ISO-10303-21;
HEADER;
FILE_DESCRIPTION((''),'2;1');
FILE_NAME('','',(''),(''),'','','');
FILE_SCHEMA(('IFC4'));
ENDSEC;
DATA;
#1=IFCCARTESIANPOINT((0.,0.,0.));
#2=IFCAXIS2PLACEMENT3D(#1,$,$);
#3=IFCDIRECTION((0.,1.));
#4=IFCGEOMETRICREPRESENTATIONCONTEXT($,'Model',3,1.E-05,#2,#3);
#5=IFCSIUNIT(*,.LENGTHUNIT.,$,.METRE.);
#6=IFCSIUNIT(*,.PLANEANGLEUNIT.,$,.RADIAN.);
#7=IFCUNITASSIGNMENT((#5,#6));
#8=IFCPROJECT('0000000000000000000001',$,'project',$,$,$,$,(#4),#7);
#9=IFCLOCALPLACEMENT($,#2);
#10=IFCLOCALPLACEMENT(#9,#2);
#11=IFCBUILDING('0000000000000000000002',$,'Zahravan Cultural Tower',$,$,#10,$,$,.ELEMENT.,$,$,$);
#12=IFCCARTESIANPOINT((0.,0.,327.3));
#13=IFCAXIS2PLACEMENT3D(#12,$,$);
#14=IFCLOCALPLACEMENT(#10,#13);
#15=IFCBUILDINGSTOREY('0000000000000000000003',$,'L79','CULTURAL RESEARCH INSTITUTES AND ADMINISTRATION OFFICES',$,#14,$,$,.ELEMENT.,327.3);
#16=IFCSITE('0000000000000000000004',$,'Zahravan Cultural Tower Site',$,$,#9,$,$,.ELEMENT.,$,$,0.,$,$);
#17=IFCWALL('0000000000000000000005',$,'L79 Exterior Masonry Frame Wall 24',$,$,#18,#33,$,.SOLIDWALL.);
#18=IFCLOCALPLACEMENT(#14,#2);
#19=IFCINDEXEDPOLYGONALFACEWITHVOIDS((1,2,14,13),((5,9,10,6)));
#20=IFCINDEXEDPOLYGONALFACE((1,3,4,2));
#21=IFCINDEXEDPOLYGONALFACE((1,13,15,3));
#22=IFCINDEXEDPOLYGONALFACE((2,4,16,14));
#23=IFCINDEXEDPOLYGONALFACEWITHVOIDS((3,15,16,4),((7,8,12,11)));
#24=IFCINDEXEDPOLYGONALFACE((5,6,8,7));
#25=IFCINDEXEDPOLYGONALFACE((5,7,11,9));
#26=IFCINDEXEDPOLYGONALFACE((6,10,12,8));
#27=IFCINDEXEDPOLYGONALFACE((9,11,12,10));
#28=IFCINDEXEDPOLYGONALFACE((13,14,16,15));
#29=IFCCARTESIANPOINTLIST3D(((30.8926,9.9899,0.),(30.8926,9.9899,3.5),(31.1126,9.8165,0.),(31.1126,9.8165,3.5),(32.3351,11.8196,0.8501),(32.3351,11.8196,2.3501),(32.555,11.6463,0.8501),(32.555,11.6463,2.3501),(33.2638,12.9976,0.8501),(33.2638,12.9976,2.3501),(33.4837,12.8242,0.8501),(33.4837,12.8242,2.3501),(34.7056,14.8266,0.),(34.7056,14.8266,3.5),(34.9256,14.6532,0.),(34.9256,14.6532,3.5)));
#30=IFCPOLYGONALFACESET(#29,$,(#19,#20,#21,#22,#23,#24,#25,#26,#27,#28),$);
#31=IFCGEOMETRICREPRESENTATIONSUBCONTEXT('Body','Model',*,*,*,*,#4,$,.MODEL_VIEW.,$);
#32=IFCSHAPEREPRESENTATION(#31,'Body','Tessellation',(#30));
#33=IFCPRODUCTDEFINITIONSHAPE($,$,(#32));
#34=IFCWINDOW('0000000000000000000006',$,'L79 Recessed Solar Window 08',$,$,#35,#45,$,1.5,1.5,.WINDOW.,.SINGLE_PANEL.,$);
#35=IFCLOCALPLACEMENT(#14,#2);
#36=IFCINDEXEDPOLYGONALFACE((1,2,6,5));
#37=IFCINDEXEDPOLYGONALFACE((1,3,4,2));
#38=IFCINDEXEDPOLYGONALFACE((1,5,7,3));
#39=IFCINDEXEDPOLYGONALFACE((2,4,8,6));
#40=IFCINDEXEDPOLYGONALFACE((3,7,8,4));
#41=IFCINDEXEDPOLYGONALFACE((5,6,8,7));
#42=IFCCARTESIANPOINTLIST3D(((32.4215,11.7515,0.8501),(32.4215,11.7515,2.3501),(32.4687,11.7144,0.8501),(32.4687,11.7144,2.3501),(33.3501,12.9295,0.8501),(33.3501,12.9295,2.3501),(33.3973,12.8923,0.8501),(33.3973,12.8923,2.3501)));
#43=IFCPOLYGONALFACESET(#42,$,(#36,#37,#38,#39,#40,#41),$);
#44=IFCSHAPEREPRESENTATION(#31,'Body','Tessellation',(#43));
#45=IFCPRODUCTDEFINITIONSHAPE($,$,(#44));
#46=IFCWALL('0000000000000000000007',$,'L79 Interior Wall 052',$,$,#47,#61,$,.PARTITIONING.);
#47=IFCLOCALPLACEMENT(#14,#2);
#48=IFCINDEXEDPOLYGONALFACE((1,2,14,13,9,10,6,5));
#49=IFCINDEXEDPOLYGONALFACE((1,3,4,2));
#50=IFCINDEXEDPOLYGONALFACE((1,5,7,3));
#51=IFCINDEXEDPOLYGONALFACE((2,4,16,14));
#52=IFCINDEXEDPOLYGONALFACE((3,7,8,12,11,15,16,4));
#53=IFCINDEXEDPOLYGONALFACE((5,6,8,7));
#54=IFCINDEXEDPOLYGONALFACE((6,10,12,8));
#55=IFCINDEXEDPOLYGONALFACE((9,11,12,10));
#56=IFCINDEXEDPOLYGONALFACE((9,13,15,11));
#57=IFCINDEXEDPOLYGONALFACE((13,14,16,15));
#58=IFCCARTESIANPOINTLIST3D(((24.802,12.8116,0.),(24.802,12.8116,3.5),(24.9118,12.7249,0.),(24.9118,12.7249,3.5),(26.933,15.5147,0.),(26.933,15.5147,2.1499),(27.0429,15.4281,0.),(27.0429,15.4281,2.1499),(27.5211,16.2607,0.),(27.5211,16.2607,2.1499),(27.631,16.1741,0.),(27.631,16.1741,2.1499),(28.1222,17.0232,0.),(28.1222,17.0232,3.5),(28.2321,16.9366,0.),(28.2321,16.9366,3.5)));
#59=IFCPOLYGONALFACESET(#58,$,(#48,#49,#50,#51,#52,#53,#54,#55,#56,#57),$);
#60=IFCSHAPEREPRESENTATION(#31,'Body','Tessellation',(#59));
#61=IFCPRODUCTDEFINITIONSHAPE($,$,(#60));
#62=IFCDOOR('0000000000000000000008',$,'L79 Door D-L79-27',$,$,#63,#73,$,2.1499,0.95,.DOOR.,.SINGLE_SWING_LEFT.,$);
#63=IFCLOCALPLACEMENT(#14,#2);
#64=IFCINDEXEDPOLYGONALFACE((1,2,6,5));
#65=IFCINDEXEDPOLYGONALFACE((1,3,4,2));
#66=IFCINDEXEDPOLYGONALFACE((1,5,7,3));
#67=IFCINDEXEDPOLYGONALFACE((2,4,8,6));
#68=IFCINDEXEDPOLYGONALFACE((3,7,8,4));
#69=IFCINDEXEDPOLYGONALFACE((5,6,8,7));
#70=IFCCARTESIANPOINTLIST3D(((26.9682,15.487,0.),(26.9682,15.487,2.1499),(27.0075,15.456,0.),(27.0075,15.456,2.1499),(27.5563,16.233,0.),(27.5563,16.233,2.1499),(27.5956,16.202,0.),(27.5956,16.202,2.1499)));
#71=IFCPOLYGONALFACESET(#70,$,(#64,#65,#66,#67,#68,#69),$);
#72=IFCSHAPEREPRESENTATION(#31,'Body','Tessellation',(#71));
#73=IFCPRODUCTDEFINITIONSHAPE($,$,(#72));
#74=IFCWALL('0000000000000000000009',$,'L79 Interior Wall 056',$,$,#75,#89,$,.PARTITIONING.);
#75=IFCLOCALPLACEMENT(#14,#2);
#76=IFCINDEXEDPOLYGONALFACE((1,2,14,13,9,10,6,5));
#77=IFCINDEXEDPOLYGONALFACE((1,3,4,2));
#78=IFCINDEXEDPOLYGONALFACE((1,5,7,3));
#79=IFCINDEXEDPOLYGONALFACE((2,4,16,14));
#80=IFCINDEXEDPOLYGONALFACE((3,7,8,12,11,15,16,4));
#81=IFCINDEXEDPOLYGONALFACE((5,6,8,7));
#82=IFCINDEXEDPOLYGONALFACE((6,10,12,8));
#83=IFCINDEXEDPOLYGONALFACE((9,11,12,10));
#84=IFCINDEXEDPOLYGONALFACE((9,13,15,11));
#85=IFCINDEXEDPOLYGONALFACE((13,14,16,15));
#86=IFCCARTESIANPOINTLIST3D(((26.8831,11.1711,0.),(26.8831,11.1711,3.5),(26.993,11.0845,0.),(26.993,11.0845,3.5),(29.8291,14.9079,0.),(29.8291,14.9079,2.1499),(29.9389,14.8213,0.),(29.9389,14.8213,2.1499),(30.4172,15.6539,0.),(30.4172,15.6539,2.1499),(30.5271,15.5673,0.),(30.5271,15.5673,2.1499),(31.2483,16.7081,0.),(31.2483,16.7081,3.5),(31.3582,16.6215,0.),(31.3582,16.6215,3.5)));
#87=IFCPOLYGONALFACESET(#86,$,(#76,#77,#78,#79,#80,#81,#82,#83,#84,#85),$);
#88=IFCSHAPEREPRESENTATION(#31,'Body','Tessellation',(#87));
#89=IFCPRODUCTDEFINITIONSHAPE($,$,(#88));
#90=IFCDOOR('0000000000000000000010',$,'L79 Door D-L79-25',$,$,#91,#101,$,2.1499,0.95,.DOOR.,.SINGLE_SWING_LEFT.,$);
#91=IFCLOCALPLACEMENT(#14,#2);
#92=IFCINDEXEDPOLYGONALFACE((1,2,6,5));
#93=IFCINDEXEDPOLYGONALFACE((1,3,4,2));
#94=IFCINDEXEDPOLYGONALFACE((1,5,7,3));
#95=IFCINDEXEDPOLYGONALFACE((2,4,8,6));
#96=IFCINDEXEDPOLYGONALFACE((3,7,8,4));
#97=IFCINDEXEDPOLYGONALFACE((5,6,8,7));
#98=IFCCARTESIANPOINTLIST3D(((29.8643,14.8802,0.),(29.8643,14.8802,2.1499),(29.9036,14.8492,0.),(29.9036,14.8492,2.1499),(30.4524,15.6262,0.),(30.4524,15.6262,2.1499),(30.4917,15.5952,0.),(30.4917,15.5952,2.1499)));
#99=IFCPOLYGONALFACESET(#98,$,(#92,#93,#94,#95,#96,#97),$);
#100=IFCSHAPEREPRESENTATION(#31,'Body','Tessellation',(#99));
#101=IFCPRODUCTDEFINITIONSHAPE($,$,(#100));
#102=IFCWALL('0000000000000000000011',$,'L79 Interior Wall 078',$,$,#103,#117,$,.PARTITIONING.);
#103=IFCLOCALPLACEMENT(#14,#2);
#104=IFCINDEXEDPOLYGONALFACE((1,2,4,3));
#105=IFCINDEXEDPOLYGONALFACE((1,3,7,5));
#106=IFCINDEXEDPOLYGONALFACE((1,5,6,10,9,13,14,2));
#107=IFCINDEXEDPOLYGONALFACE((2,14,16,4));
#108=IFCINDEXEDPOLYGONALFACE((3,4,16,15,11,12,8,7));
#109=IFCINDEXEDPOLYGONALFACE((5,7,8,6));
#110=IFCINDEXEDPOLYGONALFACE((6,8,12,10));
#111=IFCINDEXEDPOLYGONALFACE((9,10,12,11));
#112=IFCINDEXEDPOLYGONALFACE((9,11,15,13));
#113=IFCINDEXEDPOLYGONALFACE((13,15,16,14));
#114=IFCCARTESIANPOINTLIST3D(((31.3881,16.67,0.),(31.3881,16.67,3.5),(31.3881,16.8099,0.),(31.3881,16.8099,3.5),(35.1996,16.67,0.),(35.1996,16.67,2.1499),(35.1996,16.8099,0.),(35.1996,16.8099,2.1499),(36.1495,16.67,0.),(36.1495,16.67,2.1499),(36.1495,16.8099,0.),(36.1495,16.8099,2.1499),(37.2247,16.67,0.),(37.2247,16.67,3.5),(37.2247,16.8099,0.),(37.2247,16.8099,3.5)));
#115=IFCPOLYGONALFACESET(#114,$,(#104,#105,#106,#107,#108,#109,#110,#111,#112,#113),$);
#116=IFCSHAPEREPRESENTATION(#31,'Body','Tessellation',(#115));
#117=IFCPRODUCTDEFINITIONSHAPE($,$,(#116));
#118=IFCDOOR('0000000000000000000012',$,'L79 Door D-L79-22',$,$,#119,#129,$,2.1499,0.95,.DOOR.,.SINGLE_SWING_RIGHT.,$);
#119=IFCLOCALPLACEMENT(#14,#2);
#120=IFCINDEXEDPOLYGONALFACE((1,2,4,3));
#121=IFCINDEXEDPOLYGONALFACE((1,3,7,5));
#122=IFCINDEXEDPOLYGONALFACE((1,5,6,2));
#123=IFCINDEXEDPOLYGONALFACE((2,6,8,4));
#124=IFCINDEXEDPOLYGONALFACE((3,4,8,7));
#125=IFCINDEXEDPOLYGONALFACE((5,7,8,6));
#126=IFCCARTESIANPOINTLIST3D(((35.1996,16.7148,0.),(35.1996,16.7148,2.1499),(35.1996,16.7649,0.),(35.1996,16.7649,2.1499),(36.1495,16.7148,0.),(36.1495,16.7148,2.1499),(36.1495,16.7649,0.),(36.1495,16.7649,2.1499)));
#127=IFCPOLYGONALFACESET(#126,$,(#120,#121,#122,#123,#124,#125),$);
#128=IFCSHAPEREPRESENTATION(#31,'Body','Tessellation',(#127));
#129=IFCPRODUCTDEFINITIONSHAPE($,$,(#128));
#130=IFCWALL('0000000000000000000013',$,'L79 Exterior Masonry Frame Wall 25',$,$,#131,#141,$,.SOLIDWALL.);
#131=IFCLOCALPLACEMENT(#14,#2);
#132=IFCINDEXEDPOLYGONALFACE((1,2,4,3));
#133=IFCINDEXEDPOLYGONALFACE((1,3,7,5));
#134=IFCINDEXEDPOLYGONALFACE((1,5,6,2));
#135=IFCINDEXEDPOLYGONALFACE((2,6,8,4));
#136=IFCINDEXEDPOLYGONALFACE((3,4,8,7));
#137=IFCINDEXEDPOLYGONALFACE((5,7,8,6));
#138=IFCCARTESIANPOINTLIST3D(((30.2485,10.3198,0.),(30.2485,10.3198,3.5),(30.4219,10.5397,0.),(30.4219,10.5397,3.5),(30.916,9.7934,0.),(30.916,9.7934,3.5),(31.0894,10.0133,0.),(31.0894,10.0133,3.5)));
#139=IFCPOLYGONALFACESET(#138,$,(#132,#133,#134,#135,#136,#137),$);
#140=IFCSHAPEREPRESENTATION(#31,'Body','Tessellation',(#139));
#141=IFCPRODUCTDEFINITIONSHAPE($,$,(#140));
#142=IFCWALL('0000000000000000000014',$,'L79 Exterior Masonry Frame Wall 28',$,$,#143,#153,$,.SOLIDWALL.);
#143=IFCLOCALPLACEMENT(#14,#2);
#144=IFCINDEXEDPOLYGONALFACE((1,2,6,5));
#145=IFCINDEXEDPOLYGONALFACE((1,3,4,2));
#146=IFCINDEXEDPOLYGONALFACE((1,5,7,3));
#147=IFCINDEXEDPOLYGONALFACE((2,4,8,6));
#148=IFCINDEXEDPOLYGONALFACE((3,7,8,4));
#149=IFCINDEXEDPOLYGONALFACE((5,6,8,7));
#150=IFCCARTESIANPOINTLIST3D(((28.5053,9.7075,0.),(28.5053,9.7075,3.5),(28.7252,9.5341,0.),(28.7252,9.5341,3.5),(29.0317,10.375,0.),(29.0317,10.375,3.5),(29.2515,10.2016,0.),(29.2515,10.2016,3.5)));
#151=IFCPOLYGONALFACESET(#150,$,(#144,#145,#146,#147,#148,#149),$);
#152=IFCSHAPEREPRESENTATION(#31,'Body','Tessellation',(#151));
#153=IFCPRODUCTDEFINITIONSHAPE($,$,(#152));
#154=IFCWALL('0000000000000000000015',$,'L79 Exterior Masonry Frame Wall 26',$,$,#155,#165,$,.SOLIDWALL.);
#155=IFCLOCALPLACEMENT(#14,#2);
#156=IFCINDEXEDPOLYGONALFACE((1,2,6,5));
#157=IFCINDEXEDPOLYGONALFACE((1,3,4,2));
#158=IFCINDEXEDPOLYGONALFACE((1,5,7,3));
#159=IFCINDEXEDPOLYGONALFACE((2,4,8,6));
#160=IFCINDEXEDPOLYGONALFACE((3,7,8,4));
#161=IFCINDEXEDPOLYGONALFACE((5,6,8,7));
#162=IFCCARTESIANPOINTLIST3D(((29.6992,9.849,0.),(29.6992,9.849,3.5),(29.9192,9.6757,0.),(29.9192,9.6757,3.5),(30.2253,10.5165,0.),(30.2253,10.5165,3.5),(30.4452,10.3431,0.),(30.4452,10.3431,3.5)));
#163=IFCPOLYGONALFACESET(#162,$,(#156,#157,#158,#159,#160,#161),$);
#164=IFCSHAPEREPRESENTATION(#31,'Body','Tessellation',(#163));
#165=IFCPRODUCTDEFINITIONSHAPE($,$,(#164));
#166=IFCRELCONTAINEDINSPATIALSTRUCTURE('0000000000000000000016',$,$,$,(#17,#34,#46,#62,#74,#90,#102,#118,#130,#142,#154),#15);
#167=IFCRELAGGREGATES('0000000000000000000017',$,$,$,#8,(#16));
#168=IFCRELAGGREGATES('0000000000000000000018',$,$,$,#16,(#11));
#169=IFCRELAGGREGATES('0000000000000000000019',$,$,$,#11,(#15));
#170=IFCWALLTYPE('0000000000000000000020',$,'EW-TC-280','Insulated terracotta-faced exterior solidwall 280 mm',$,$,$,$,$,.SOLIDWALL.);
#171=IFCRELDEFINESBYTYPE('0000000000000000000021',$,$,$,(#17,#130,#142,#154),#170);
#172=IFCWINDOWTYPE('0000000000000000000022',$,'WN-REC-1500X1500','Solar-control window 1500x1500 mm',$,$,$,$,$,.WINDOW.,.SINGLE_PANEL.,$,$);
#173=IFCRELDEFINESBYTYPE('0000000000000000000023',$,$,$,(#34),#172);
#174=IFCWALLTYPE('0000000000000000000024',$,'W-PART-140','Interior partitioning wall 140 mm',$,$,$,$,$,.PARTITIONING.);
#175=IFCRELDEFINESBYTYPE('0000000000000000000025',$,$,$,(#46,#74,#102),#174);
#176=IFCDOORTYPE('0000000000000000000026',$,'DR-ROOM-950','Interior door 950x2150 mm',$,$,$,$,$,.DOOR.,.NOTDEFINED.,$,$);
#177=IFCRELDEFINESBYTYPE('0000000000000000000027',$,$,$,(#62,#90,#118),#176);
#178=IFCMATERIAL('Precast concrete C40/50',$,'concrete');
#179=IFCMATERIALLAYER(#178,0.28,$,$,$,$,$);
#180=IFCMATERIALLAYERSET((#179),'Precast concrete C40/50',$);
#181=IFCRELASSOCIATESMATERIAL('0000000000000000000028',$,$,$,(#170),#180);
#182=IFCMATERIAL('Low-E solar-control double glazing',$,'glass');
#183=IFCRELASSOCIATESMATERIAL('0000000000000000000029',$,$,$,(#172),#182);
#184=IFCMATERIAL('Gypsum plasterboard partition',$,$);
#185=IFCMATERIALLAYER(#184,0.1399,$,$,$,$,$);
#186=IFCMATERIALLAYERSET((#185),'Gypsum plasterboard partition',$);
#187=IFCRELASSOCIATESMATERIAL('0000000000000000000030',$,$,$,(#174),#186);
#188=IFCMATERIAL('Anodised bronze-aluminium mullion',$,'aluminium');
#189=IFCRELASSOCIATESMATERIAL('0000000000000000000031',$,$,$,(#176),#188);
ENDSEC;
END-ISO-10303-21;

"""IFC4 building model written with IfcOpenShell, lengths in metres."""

from ifc_helpers import new_model, si_unit, direction, frame, frame_2d, origin, place, context, subcontext, project, spatial, rectangle, extrude, source, transform, mapped, material, layer, layer_set, type_object, element, fill, save


model = new_model("IFC4")

# Units and contexts
model_context = context("Model", 3, precision=1e-05, world=origin(), true_north=direction((0.0, 1.0)))
body_context = subcontext(model_context, "Body", "Model", "MODEL_VIEW")
ifc_project = project(units=[si_unit("LENGTHUNIT", "METRE"), si_unit("PLANEANGLEUNIT", "RADIAN")], contexts=[model_context])

# Site, building, storey
site_placement = place(None, origin())
site = spatial("IfcSite", under=ifc_project, at=site_placement, Name="Zahravan Cultural Tower Site", CompositionType="ELEMENT", RefElevation=0.0)
building_placement = place(site_placement, origin())
building = spatial("IfcBuilding", under=site, at=building_placement, Name="Zahravan Cultural Tower", CompositionType="ELEMENT")
storey_placement = place(building_placement, frame((0.0, 0.0, 327.3)))
storey = spatial("IfcBuildingStorey", under=building, at=storey_placement, Name="L79", Description="CULTURAL RESEARCH INSTITUTES AND ADMINISTRATION OFFICES", CompositionType="ELEMENT", Elevation=327.3)

# Wall, opening, window
ifc_material_1 = material(Name="Precast concrete C40/50", Category="concrete")
ifc_layer_1 = layer(ifc_material_1, 0.28)
ifc_layer_set_1 = layer_set([ifc_layer_1], Name="Precast concrete C40/50")
wall_type_1 = type_object("IfcWallType", Name="EW-TC-280", Description="Insulated terracotta-faced exterior solidwall 280 mm", PredefinedType="SOLIDWALL", material=ifc_layer_set_1)
wall_1_placement = place(storey_placement, frame((34.8157, 14.74, 0.0), z_axis=(0.0, 0.0, 1.0), x_axis=(-0.6191, -0.785312, 0.0)))
wall_1 = element("IfcWall", 1, at=wall_1_placement, inside=storey, type_object=wall_type_1, Name="L79 Exterior Masonry Frame Wall 24", PredefinedType="SOLIDWALL", context=body_context, shape_type="SweptSolid", body=[
    extrude(rectangle(XDim=6.1589, YDim=0.28, at=frame_2d((3.0796, 0.0))), origin(), (0.0, 0.0, 1.0), 3.5),
])
opening_1_placement = place(wall_1_placement, frame((2.3291, 0.0, 0.8501)))
opening_1 = element("IfcOpeningElement", 2, at=opening_1_placement, cuts=wall_1, PredefinedType="OPENING", context=body_context, shape_type="SweptSolid", body=[
    extrude(rectangle(XDim=1.5, YDim=1.5, at=frame_2d((0.75, 0.75))), frame((0.0, 0.1499, 0.0), z_axis=(0.0, -1.0, 0.0), x_axis=(1.0, 0.0, 0.0)), (0.0, 0.0, 1.0), 0.3),
])
ifc_material_2 = material(Name="Low-E solar-control double glazing", Category="glass")
window_type = type_object("IfcWindowType", Name="WN-REC-1500X1500", Description="Solar-control window 1500x1500 mm", PartitioningType="SINGLE_PANEL", PredefinedType="WINDOW", material=ifc_material_2)
shared_shape_1 = source(origin(), body_context, "Body", "SweptSolid", [
    extrude(rectangle(XDim=1.5, YDim=1.5, at=frame_2d((0.75, 0.75))), frame((0.0, 0.03, 0.0), z_axis=(0.0, -1.0, 0.0), x_axis=(1.0, 0.0, 0.0)), (0.0, 0.0, 1.0), 0.0601),
])
window_placement = place(opening_1_placement, origin())
window = element("IfcWindow", 3, at=window_placement, inside=storey, type_object=window_type, Name="L79 Recessed Solar Window 08", OverallHeight=1.5, OverallWidth=1.5, PartitioningType="SINGLE_PANEL", PredefinedType="WINDOW", context=body_context, shape_type="MappedRepresentation", body=[
    mapped(shared_shape_1, transform((0.0, 0.0, 0.0), x_axis=(1.0, 0.0, 0.0), y_axis=(0.0, 1.0, 0.0), z_axis=(0.0, 0.0, 1.0), scale=1.0)),
])
fill(opening_1, window)

# Walls, openings, doors
ifc_material_3 = material(Name="Gypsum plasterboard partition")
ifc_layer_2 = layer(ifc_material_3, 0.1399)
ifc_layer_set_2 = layer_set([ifc_layer_2], Name="Gypsum plasterboard partition")
wall_type_2 = type_object("IfcWallType", Name="W-PART-140", Description="Interior partitioning wall 140 mm", PredefinedType="PARTITIONING", material=ifc_layer_set_2)
wall_2_placement = place(storey_placement, frame((28.1772, 16.98, 0.0), z_axis=(0.0, 0.0, 1.0), x_axis=(-0.619105, -0.785308, 0.0)))
wall_2 = element("IfcWall", 4, at=wall_2_placement, inside=storey, type_object=wall_type_2, Name="L79 Interior Wall 052", PredefinedType="PARTITIONING", context=body_context, shape_type="SweptSolid", body=[
    extrude(rectangle(XDim=5.363, YDim=0.1399, at=frame_2d((2.6816, 0.0))), origin(), (0.0, 0.0, 1.0), 3.5),
])
opening_2_placement = place(wall_2_placement, frame((0.9709, 0.0, 0.0)))
opening_2 = element("IfcOpeningElement", 5, at=opening_2_placement, cuts=wall_2, PredefinedType="OPENING", context=body_context, shape_type="SweptSolid", body=[
    extrude(rectangle(XDim=0.95, YDim=2.1499, at=frame_2d((0.4751, 1.075))), frame((0.0, 0.0798, 0.0), z_axis=(0.0, -1.0, 0.0), x_axis=(1.0, 0.0, 0.0)), (0.0, 0.0, 1.0), 0.1599),
])
ifc_material_4 = material(Name="Anodised bronze-aluminium mullion", Category="aluminium")
door_type_1 = type_object("IfcDoorType", Name="DR-ROOM-950", Description="Interior door 950x2150 mm", OperationType="NOTDEFINED", PredefinedType="DOOR", material=ifc_material_4)
shared_shape_2 = source(origin(), body_context, "Body", "SweptSolid", [
    extrude(rectangle(XDim=0.95, YDim=2.1499, at=frame_2d((0.4751, 1.075))), frame((0.0, 0.0249, 0.0), z_axis=(0.0, -1.0, 0.0), x_axis=(1.0, 0.0, 0.0)), (0.0, 0.0, 1.0), 0.05),
])
door_1_placement = place(opening_2_placement, origin())
door_1 = element("IfcDoor", 6, at=door_1_placement, inside=storey, type_object=door_type_1, Name="L79 Door D-L79-27", OperationType="SINGLE_SWING_LEFT", OverallHeight=2.1499, OverallWidth=0.95, PredefinedType="DOOR", context=body_context, shape_type="MappedRepresentation", body=[
    mapped(shared_shape_2, transform((0.0, 0.0, 0.0), x_axis=(1.0, 0.0, 0.0), y_axis=(0.0, 1.0, 0.0), z_axis=(0.0, 0.0, 1.0), scale=1.0)),
])
fill(opening_2, door_1)
wall_3_placement = place(storey_placement, frame((31.3032, 16.6648, 0.0), z_axis=(0.0, 0.0, 1.0), x_axis=(-0.619105, -0.785308, 0.0)))
wall_3 = element("IfcWall", 7, at=wall_3_placement, inside=storey, type_object=wall_type_2, Name="L79 Interior Wall 056", PredefinedType="PARTITIONING", context=body_context, shape_type="SweptSolid", body=[
    extrude(rectangle(XDim=7.0508, YDim=0.1399, at=frame_2d((3.5254, 0.0))), origin(), (0.0, 0.0, 1.0), 3.5),
])
opening_3_placement = place(wall_3_placement, frame((1.3423, 0.0, 0.0)))
opening_3 = element("IfcOpeningElement", 8, at=opening_3_placement, cuts=wall_3, PredefinedType="OPENING", context=body_context, shape_type="SweptSolid", body=[
    extrude(rectangle(XDim=0.95, YDim=2.1499, at=frame_2d((0.4751, 1.075))), frame((0.0, 0.0798, 0.0), z_axis=(0.0, -1.0, 0.0), x_axis=(1.0, 0.0, 0.0)), (0.0, 0.0, 1.0), 0.1599),
])
door_2_placement = place(opening_3_placement, origin())
door_2 = element("IfcDoor", 9, at=door_2_placement, inside=storey, type_object=door_type_1, Name="L79 Door D-L79-25", OperationType="SINGLE_SWING_LEFT", OverallHeight=2.1499, OverallWidth=0.95, PredefinedType="DOOR", context=body_context, shape_type="MappedRepresentation", body=[
    mapped(shared_shape_2, transform((0.0, 0.0, 0.0), x_axis=(1.0, 0.0, 0.0), y_axis=(0.0, 1.0, 0.0), z_axis=(0.0, 0.0, 1.0), scale=1.0)),
])
fill(opening_3, door_2)
wall_4_placement = place(storey_placement, frame((31.3879, 16.74, 0.0), z_axis=(0.0, 0.0, 1.0), x_axis=(1.0, 0.0, 0.0)))
wall_4 = element("IfcWall", 10, at=wall_4_placement, inside=storey, type_object=wall_type_2, Name="L79 Interior Wall 078", PredefinedType="PARTITIONING", context=body_context, shape_type="SweptSolid", body=[
    extrude(rectangle(XDim=5.8367, YDim=0.1399, at=frame_2d((2.9185, 0.0))), origin(), (0.0, 0.0, 1.0), 3.5),
])
opening_4_placement = place(wall_4_placement, frame((3.8115, 0.0, 0.0)))
opening_4 = element("IfcOpeningElement", 11, at=opening_4_placement, cuts=wall_4, PredefinedType="OPENING", context=body_context, shape_type="SweptSolid", body=[
    extrude(rectangle(XDim=0.95, YDim=2.1499, at=frame_2d((0.4751, 1.075))), frame((0.0, 0.0798, 0.0), z_axis=(0.0, -1.0, 0.0), x_axis=(1.0, 0.0, 0.0)), (0.0, 0.0, 1.0), 0.1599),
])
door_3_placement = place(opening_4_placement, origin())
door_3 = element("IfcDoor", 12, at=door_3_placement, inside=storey, type_object=door_type_1, Name="L79 Door D-L79-22", OperationType="SINGLE_SWING_RIGHT", OverallHeight=2.1499, OverallWidth=0.95, PredefinedType="DOOR", context=body_context, shape_type="MappedRepresentation", body=[
    mapped(shared_shape_2, transform((0.0, 0.0, 0.0), x_axis=(1.0, 0.0, 0.0), y_axis=(0.0, 1.0, 0.0), z_axis=(0.0, 0.0, 1.0), scale=1.0)),
])
fill(opening_4, door_3)

# Walls
shared_shape_3 = source(origin(), body_context, "Body", "SweptSolid", [
    extrude(rectangle(XDim=0.8501, YDim=0.28, at=frame_2d((0.425, 0.0))), origin(), (0.0, 0.0, 1.0), 3.5),
])
for number, where, z_axis, x_axis, name in (
    (13, (31.0027, 9.9033, 0.0), (0.0, 0.0, 1.0), (-0.785221, 0.619216, 0.0), "L79 Exterior Masonry Frame Wall 25"),
    (14, (29.1416, 10.2883, 0.0), (0.0, 0.0, 1.0), (-0.619216, -0.785221, 0.0), "L79 Exterior Masonry Frame Wall 28"),
):
    element("IfcWall", number, at=place(storey_placement, frame(where, z_axis=z_axis, x_axis=x_axis)), inside=storey, type_object=wall_type_1, Name=name, PredefinedType="SOLIDWALL", context=body_context, shape_type="MappedRepresentation", body=[
        mapped(shared_shape_3, transform((0.0, 0.0, 0.0), x_axis=(1.0, 0.0, 0.0), y_axis=(0.0, 1.0, 0.0), z_axis=(0.0, 0.0, 1.0), scale=1.0)),
    ])
shared_shape_4 = source(origin(), body_context, "Body", "SweptSolid", [
    extrude(rectangle(XDim=0.8499, YDim=0.28, at=frame_2d((0.4248, 0.0))), origin(), (0.0, 0.0, 1.0), 3.5),
])
for number, where, z_axis, x_axis, name in (
    (15, (30.3352, 10.4297, 0.0), (0.0, 0.0, 1.0), (-0.619039, -0.78536, 0.0), "L79 Exterior Masonry Frame Wall 26"),
):
    element("IfcWall", number, at=place(storey_placement, frame(where, z_axis=z_axis, x_axis=x_axis)), inside=storey, type_object=wall_type_1, Name=name, PredefinedType="SOLIDWALL", context=body_context, shape_type="MappedRepresentation", body=[
        mapped(shared_shape_4, transform((0.0, 0.0, 0.0), x_axis=(1.0, 0.0, 0.0), y_axis=(0.0, 1.0, 0.0), z_axis=(0.0, 0.0, 1.0), scale=1.0)),
    ])

save(model, "model.ifc")
